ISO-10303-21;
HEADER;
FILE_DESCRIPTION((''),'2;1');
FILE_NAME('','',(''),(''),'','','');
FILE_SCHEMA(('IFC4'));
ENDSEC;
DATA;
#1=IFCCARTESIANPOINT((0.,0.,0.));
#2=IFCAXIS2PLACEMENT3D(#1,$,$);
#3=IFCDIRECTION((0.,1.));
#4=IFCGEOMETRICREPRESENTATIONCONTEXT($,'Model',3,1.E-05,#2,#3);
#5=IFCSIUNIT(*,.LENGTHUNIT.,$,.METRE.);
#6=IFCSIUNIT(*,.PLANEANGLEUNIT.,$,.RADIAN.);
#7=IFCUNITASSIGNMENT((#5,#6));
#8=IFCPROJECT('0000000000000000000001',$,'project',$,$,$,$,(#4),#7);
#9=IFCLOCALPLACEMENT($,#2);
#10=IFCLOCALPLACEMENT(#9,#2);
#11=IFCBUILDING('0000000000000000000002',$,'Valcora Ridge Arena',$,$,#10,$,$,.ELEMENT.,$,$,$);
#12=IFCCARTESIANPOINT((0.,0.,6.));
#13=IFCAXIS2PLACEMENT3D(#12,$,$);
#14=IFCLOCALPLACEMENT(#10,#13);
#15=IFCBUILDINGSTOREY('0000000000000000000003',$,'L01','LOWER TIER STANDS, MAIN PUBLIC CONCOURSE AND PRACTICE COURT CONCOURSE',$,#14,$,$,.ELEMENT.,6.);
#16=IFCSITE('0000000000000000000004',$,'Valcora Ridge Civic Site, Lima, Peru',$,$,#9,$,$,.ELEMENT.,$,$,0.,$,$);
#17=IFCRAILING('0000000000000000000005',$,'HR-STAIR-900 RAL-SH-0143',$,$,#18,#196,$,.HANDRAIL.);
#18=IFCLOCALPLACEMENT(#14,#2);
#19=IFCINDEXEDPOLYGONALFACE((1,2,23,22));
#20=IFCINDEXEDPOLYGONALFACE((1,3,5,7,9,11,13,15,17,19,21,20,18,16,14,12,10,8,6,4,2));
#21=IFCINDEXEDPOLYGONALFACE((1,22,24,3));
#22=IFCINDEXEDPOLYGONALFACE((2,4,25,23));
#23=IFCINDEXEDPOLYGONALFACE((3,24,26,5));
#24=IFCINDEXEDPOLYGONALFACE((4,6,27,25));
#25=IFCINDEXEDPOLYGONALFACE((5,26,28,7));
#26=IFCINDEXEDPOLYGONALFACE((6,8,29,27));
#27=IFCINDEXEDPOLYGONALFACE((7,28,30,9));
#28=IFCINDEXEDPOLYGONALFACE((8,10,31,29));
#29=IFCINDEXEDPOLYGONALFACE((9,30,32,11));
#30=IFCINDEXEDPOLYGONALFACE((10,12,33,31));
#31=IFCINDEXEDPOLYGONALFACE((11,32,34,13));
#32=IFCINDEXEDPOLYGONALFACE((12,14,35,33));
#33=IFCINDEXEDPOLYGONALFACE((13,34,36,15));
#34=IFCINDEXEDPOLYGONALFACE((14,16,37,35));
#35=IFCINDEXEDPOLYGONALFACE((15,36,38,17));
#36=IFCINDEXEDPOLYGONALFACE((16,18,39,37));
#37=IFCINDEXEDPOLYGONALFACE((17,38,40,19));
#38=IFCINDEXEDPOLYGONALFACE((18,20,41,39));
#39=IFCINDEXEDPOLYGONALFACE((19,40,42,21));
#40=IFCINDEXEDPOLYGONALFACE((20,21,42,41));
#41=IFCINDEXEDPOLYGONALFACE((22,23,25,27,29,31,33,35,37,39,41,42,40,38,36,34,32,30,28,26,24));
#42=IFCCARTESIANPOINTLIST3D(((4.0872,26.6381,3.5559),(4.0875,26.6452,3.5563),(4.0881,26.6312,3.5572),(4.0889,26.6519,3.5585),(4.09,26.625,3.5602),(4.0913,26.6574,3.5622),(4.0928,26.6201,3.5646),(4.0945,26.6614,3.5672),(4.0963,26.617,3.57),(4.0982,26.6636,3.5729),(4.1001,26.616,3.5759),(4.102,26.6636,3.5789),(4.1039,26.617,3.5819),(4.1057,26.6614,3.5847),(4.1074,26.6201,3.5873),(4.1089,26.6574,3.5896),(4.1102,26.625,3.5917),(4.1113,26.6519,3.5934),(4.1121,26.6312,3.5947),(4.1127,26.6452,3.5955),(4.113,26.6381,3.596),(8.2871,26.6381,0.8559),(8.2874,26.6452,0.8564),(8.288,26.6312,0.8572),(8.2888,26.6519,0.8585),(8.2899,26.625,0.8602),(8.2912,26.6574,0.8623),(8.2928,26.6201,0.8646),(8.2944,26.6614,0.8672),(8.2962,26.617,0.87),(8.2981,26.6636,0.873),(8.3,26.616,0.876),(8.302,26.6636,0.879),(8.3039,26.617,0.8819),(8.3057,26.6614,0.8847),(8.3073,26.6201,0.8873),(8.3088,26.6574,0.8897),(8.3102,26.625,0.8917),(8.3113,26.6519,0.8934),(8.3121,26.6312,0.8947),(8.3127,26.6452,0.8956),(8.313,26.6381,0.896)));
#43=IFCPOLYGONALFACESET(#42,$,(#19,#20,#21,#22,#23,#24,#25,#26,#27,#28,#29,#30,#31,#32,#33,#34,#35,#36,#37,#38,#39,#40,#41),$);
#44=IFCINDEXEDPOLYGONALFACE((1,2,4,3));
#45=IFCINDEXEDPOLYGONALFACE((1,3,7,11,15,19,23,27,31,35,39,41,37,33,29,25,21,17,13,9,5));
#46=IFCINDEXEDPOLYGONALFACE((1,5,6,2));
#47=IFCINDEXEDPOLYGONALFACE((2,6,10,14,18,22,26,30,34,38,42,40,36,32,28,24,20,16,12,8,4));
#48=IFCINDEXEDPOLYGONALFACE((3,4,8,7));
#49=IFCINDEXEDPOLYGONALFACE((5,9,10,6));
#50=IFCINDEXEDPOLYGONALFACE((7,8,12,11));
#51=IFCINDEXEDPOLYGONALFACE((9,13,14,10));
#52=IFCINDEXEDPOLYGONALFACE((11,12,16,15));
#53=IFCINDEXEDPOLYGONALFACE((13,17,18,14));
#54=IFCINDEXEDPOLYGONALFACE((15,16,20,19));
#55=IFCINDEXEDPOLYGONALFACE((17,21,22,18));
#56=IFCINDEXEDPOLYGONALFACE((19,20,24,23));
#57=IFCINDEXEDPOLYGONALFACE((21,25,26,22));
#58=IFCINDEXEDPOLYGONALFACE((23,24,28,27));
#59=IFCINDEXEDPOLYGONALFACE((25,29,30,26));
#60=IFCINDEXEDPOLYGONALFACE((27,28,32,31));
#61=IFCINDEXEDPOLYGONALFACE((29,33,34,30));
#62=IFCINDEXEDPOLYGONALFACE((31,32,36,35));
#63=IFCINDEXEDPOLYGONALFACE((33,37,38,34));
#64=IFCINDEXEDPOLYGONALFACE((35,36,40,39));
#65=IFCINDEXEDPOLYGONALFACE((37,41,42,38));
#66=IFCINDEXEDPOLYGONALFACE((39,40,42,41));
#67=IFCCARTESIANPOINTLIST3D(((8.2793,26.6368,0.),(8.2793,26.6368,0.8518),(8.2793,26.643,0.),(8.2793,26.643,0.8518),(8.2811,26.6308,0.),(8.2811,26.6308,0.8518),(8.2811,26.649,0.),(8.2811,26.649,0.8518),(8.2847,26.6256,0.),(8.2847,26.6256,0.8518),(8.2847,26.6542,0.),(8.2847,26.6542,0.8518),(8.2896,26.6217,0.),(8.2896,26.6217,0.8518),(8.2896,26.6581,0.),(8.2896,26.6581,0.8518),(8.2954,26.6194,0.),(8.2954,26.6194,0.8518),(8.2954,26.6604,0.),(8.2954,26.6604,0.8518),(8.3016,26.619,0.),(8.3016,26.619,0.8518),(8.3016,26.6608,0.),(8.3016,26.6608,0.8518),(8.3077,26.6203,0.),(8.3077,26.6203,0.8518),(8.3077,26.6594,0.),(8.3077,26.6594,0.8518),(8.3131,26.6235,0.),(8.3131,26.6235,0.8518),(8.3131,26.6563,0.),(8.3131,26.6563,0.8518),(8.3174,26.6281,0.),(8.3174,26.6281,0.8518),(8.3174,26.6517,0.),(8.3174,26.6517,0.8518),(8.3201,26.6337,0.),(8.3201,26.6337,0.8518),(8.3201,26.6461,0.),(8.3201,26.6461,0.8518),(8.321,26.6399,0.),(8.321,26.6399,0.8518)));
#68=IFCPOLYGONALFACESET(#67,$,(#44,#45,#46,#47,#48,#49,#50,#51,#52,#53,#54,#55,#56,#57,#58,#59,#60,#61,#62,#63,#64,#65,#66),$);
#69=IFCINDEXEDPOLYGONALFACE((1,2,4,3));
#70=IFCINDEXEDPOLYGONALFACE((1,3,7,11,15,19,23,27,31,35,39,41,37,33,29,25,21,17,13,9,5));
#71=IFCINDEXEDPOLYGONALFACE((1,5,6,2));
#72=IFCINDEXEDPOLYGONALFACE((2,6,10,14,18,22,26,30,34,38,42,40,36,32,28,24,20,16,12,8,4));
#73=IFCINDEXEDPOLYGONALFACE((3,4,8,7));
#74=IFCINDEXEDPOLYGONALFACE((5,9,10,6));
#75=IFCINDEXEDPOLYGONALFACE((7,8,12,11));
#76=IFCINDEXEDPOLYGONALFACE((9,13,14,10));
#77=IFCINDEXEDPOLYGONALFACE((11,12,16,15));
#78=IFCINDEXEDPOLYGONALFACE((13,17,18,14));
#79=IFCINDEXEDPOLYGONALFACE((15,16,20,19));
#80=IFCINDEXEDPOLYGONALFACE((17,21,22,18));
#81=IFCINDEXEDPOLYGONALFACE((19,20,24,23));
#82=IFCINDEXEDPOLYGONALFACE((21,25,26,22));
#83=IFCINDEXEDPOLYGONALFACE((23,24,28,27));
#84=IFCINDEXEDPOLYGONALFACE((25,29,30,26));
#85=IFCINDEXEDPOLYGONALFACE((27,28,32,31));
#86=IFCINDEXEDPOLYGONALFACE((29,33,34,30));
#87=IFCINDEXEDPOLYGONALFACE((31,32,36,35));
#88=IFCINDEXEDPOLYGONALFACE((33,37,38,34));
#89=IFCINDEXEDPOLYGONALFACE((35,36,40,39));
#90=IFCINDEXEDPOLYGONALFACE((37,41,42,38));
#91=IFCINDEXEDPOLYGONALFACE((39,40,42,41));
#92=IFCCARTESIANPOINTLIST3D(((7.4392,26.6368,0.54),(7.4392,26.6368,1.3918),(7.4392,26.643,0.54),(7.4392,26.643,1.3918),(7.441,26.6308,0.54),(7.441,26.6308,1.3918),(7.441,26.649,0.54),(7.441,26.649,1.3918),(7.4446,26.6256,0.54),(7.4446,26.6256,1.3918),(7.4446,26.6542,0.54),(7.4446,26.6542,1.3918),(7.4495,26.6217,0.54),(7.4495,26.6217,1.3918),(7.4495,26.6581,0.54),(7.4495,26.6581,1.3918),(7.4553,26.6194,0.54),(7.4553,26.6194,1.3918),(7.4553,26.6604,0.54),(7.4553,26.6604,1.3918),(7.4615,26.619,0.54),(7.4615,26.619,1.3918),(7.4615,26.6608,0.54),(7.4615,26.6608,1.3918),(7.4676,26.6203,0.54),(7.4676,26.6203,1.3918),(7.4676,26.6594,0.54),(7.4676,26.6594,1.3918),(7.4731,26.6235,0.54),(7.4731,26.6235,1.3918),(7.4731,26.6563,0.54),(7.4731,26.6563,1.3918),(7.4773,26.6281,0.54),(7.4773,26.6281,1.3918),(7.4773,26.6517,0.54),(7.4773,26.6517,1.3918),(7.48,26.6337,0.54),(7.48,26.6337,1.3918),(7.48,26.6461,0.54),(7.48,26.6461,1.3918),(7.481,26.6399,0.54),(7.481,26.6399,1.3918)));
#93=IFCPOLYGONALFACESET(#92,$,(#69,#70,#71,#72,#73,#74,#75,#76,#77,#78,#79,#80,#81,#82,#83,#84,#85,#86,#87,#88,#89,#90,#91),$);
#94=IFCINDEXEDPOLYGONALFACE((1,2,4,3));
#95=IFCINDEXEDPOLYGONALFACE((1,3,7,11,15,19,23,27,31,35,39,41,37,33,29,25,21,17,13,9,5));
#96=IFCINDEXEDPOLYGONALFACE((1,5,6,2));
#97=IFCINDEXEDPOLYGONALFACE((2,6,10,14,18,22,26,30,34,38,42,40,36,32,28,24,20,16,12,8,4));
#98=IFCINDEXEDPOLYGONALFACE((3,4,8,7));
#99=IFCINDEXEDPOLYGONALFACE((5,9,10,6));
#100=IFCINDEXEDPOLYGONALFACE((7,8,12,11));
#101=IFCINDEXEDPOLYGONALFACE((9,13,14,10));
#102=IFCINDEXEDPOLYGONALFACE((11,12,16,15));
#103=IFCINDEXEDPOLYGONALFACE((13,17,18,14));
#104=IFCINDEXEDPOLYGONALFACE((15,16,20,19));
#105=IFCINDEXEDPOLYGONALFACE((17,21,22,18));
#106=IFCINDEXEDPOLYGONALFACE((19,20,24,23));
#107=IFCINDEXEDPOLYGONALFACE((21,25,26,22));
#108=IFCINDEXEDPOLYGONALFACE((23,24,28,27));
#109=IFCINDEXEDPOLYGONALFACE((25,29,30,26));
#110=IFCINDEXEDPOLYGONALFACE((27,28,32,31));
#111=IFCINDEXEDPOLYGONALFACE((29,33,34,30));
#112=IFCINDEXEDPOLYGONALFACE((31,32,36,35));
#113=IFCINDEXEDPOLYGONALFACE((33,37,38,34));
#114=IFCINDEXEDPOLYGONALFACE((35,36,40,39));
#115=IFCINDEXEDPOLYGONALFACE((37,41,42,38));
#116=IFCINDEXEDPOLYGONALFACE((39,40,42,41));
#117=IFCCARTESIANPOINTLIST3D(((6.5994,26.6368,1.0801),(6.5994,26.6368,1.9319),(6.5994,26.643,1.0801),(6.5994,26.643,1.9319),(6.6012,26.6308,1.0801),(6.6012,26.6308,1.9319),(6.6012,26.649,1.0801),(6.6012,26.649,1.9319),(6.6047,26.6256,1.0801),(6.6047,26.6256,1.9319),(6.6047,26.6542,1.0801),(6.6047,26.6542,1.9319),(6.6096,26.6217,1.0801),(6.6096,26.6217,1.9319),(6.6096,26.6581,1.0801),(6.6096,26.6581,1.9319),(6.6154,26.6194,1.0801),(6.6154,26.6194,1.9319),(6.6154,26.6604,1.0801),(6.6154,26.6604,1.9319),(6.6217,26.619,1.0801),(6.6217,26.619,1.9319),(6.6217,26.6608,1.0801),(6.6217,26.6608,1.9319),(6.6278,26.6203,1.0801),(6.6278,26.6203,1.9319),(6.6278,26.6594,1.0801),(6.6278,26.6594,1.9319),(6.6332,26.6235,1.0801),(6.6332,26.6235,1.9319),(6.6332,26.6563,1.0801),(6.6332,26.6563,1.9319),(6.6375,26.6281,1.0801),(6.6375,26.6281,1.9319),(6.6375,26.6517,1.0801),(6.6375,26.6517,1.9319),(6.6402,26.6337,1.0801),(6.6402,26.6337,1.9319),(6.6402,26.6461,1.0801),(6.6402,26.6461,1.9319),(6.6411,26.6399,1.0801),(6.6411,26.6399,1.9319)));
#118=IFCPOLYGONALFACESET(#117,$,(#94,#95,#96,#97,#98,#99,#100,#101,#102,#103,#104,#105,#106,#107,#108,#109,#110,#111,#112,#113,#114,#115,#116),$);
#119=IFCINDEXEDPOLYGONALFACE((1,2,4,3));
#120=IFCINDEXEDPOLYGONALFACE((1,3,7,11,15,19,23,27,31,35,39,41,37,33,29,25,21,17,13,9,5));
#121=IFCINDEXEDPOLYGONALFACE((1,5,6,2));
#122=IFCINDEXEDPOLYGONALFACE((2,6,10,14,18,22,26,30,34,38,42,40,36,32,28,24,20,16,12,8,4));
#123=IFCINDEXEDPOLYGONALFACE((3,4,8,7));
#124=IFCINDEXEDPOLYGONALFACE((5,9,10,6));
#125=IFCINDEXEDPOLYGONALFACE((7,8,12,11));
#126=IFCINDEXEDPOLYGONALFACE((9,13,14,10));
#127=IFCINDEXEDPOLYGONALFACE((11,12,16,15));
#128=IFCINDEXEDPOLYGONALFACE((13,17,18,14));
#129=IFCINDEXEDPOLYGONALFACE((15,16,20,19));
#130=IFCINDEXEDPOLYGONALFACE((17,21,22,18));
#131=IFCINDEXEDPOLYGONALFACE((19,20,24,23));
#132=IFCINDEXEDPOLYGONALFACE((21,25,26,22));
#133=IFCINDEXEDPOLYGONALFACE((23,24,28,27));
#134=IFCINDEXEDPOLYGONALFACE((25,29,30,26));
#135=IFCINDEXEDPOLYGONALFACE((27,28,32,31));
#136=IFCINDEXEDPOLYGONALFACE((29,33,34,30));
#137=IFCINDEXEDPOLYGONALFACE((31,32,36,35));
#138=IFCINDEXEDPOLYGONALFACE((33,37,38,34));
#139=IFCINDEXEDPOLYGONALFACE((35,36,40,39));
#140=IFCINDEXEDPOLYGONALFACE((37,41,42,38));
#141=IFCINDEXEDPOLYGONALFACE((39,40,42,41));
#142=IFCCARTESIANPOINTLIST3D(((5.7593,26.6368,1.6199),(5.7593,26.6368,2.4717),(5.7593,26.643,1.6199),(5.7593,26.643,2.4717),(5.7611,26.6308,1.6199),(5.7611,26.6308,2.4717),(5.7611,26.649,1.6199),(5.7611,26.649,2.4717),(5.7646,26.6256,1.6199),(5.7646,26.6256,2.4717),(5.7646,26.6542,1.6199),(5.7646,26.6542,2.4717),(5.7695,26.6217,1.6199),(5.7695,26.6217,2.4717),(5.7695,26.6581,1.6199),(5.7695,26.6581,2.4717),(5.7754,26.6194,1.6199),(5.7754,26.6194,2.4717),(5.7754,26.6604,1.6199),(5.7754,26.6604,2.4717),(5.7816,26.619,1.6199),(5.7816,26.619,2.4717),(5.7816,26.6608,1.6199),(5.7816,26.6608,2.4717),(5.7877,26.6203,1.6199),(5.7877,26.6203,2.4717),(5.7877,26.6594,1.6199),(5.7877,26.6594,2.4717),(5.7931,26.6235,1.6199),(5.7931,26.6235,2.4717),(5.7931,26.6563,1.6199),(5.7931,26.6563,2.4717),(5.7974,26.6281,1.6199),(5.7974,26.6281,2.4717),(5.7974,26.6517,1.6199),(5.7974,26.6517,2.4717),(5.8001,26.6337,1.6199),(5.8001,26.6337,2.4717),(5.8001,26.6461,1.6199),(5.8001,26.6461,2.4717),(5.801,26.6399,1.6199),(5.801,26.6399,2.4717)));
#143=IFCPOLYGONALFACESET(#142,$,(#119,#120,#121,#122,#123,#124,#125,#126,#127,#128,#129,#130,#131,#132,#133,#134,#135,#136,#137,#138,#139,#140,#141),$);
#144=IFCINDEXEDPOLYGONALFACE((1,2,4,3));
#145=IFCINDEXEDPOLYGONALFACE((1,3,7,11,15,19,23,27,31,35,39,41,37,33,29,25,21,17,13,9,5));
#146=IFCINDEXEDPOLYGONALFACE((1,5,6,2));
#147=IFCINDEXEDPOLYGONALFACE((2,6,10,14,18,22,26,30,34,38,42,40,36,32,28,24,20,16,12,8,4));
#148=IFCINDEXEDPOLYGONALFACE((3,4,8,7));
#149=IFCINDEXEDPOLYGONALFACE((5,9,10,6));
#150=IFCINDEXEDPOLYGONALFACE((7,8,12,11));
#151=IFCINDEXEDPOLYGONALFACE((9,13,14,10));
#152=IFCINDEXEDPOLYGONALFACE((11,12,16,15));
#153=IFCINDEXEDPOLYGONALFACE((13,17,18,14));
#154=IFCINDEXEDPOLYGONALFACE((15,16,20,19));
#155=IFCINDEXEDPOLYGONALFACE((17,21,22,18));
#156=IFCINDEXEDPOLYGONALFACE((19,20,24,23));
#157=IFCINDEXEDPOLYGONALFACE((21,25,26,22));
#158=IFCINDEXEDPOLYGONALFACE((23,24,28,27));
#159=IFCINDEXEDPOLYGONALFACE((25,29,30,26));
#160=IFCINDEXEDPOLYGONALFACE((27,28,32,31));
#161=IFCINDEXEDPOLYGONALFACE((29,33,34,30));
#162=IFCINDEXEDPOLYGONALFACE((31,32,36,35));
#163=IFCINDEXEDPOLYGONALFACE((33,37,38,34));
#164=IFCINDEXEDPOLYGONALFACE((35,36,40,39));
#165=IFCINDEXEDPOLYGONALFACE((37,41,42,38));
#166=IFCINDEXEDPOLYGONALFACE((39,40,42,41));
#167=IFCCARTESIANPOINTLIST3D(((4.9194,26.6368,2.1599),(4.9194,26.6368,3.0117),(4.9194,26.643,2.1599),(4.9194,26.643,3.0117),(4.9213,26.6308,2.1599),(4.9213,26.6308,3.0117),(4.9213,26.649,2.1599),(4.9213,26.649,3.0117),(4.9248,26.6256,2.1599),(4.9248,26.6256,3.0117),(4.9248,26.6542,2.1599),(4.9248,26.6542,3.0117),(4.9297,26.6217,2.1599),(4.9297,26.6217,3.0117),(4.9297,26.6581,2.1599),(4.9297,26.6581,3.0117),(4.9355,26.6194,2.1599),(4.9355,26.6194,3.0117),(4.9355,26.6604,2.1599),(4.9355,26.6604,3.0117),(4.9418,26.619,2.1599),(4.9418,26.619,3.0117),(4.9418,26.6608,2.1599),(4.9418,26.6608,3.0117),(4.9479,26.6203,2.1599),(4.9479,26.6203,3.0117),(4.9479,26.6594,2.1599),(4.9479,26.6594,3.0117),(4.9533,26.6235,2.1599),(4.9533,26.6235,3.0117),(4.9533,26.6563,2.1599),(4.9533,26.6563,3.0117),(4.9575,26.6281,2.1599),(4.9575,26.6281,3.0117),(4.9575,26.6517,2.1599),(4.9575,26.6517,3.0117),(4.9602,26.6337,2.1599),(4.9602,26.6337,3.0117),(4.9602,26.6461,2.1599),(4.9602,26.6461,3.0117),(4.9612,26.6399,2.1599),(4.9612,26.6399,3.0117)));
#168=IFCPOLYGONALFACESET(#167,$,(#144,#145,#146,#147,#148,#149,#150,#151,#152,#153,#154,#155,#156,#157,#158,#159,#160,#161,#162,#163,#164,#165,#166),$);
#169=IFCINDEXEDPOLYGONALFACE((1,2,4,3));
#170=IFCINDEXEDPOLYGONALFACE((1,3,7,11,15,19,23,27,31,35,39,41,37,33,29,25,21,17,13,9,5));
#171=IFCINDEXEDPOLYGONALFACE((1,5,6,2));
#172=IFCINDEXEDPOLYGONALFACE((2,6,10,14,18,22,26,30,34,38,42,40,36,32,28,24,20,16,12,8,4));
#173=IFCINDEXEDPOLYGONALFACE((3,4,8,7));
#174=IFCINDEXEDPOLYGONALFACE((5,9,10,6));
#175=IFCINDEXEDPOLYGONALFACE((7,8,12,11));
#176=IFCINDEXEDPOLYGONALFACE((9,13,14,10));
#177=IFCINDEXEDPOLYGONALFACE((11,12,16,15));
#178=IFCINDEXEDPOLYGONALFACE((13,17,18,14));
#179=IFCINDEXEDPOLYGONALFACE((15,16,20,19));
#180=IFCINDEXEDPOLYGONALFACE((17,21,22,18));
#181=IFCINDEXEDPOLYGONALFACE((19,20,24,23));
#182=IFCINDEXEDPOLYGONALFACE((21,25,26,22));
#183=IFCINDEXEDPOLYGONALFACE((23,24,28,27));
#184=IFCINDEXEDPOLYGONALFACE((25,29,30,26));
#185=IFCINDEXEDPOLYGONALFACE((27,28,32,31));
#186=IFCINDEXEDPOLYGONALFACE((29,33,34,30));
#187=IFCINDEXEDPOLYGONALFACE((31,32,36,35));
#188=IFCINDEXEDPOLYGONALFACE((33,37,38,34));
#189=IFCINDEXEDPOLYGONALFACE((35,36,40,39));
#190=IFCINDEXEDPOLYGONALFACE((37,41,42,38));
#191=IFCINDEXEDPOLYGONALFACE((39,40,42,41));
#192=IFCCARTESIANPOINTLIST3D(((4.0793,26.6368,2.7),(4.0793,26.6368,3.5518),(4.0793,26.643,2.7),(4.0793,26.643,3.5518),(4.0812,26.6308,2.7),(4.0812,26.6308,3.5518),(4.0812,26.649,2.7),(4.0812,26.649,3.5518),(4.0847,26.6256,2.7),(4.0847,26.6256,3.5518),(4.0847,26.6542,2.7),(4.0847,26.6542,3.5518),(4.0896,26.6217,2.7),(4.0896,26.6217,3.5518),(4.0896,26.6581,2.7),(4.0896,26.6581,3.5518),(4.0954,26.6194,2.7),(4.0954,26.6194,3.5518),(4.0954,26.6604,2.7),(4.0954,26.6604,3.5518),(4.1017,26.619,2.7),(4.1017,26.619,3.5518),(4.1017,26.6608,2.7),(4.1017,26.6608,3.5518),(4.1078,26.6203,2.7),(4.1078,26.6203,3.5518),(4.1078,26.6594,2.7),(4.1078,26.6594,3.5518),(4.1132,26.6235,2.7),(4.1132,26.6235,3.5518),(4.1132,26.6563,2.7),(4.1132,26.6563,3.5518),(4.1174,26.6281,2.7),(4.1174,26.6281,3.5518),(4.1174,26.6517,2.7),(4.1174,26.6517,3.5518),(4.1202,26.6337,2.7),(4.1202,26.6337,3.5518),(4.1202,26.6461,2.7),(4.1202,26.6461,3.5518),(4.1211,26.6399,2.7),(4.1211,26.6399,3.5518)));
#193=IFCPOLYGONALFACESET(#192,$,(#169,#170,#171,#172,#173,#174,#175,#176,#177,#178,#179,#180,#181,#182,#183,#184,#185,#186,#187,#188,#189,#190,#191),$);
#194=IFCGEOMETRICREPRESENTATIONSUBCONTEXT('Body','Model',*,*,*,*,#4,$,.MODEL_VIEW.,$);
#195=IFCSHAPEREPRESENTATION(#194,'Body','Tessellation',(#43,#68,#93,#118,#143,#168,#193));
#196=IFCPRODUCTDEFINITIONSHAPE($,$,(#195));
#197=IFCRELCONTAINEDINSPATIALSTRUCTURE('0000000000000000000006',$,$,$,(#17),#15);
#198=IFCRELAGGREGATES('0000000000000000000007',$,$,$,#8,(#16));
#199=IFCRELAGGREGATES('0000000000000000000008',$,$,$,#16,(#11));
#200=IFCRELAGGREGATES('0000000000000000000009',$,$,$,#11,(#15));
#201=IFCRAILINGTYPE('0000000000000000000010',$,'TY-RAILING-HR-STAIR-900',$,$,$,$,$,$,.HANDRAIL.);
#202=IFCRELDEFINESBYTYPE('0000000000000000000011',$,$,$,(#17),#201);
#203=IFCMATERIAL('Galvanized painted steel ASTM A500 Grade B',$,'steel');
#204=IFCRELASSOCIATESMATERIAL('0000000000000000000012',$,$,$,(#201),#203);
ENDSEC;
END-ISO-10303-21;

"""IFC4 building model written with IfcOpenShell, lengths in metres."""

from ifc_helpers import new_model, si_unit, direction, frame, origin, origin_2d, place, context, subcontext, project, spatial, circle, extrude, material, type_object, element, save


model = new_model("IFC4")

# Units and contexts
model_context = context("Model", 3, precision=1e-05, world=origin(), true_north=direction((0.0, 1.0)))
body_context = subcontext(model_context, "Body", "Model", "MODEL_VIEW")
ifc_project = project(units=[si_unit("LENGTHUNIT", "METRE"), si_unit("PLANEANGLEUNIT", "RADIAN")], contexts=[model_context])

# Site, building, storey
site_placement = place(None, origin())
site = spatial("IfcSite", under=ifc_project, at=site_placement, Name="Valcora Ridge Civic Site, Lima, Peru", CompositionType="ELEMENT", RefElevation=0.0)
building_placement = place(site_placement, origin())
building = spatial("IfcBuilding", under=site, at=building_placement, Name="Valcora Ridge Arena", CompositionType="ELEMENT")
storey_placement = place(building_placement, frame((0.0, 0.0, 6.0)))
storey = spatial("IfcBuildingStorey", under=building, at=storey_placement, Name="L01", Description="LOWER TIER STANDS, MAIN PUBLIC CONCOURSE AND PRACTICE COURT CONCOURSE", CompositionType="ELEMENT", Elevation=6.0)

# Railing
ifc_material_1 = material(Name="Galvanized painted steel ASTM A500 Grade B", Category="steel")
railing_type_1 = type_object("IfcRailingType", Name="TY-RAILING-HR-STAIR-900", PredefinedType="HANDRAIL", material=ifc_material_1)
railing_1_placement = place(storey_placement, frame((8.3, 26.6399, 0.0)))
element("IfcRailing", 1, at=railing_1_placement, inside=storey, type_object=railing_type_1, Name="HR-STAIR-900 RAL-SH-0143", PredefinedType="HANDRAIL", context=body_context, shape_type="SweptSolid", body=[
    extrude(circle(Radius=0.0239, at=origin_2d()), frame((0.0, 0.0, 0.876), z_axis=(-0.84118, 0.0, 0.540755), x_axis=(0.0, -1.0, 0.0)), (0.0, 0.0, 1.0), 4.9929),
    extrude(circle(Radius=0.021, at=origin_2d()), origin(), (0.0, 0.0, 1.0), 0.8518),
    extrude(circle(Radius=0.021, at=origin_2d()), frame((-0.8401, 0.0, 0.54)), (0.0, 0.0, 1.0), 0.8518),
    extrude(circle(Radius=0.021, at=origin_2d()), frame((-1.6799, 0.0, 1.0801)), (0.0, 0.0, 1.0), 0.8518),
    extrude(circle(Radius=0.021, at=origin_2d()), frame((-2.52, 0.0, 1.6199)), (0.0, 0.0, 1.0), 0.8518),
    extrude(circle(Radius=0.021, at=origin_2d()), frame((-3.3599, 0.0, 2.1599)), (0.0, 0.0, 1.0), 0.8518),
    extrude(circle(Radius=0.021, at=origin_2d()), frame((-4.2, 0.0, 2.7)), (0.0, 0.0, 1.0), 0.8518),
])

save(model, "model.ifc")
